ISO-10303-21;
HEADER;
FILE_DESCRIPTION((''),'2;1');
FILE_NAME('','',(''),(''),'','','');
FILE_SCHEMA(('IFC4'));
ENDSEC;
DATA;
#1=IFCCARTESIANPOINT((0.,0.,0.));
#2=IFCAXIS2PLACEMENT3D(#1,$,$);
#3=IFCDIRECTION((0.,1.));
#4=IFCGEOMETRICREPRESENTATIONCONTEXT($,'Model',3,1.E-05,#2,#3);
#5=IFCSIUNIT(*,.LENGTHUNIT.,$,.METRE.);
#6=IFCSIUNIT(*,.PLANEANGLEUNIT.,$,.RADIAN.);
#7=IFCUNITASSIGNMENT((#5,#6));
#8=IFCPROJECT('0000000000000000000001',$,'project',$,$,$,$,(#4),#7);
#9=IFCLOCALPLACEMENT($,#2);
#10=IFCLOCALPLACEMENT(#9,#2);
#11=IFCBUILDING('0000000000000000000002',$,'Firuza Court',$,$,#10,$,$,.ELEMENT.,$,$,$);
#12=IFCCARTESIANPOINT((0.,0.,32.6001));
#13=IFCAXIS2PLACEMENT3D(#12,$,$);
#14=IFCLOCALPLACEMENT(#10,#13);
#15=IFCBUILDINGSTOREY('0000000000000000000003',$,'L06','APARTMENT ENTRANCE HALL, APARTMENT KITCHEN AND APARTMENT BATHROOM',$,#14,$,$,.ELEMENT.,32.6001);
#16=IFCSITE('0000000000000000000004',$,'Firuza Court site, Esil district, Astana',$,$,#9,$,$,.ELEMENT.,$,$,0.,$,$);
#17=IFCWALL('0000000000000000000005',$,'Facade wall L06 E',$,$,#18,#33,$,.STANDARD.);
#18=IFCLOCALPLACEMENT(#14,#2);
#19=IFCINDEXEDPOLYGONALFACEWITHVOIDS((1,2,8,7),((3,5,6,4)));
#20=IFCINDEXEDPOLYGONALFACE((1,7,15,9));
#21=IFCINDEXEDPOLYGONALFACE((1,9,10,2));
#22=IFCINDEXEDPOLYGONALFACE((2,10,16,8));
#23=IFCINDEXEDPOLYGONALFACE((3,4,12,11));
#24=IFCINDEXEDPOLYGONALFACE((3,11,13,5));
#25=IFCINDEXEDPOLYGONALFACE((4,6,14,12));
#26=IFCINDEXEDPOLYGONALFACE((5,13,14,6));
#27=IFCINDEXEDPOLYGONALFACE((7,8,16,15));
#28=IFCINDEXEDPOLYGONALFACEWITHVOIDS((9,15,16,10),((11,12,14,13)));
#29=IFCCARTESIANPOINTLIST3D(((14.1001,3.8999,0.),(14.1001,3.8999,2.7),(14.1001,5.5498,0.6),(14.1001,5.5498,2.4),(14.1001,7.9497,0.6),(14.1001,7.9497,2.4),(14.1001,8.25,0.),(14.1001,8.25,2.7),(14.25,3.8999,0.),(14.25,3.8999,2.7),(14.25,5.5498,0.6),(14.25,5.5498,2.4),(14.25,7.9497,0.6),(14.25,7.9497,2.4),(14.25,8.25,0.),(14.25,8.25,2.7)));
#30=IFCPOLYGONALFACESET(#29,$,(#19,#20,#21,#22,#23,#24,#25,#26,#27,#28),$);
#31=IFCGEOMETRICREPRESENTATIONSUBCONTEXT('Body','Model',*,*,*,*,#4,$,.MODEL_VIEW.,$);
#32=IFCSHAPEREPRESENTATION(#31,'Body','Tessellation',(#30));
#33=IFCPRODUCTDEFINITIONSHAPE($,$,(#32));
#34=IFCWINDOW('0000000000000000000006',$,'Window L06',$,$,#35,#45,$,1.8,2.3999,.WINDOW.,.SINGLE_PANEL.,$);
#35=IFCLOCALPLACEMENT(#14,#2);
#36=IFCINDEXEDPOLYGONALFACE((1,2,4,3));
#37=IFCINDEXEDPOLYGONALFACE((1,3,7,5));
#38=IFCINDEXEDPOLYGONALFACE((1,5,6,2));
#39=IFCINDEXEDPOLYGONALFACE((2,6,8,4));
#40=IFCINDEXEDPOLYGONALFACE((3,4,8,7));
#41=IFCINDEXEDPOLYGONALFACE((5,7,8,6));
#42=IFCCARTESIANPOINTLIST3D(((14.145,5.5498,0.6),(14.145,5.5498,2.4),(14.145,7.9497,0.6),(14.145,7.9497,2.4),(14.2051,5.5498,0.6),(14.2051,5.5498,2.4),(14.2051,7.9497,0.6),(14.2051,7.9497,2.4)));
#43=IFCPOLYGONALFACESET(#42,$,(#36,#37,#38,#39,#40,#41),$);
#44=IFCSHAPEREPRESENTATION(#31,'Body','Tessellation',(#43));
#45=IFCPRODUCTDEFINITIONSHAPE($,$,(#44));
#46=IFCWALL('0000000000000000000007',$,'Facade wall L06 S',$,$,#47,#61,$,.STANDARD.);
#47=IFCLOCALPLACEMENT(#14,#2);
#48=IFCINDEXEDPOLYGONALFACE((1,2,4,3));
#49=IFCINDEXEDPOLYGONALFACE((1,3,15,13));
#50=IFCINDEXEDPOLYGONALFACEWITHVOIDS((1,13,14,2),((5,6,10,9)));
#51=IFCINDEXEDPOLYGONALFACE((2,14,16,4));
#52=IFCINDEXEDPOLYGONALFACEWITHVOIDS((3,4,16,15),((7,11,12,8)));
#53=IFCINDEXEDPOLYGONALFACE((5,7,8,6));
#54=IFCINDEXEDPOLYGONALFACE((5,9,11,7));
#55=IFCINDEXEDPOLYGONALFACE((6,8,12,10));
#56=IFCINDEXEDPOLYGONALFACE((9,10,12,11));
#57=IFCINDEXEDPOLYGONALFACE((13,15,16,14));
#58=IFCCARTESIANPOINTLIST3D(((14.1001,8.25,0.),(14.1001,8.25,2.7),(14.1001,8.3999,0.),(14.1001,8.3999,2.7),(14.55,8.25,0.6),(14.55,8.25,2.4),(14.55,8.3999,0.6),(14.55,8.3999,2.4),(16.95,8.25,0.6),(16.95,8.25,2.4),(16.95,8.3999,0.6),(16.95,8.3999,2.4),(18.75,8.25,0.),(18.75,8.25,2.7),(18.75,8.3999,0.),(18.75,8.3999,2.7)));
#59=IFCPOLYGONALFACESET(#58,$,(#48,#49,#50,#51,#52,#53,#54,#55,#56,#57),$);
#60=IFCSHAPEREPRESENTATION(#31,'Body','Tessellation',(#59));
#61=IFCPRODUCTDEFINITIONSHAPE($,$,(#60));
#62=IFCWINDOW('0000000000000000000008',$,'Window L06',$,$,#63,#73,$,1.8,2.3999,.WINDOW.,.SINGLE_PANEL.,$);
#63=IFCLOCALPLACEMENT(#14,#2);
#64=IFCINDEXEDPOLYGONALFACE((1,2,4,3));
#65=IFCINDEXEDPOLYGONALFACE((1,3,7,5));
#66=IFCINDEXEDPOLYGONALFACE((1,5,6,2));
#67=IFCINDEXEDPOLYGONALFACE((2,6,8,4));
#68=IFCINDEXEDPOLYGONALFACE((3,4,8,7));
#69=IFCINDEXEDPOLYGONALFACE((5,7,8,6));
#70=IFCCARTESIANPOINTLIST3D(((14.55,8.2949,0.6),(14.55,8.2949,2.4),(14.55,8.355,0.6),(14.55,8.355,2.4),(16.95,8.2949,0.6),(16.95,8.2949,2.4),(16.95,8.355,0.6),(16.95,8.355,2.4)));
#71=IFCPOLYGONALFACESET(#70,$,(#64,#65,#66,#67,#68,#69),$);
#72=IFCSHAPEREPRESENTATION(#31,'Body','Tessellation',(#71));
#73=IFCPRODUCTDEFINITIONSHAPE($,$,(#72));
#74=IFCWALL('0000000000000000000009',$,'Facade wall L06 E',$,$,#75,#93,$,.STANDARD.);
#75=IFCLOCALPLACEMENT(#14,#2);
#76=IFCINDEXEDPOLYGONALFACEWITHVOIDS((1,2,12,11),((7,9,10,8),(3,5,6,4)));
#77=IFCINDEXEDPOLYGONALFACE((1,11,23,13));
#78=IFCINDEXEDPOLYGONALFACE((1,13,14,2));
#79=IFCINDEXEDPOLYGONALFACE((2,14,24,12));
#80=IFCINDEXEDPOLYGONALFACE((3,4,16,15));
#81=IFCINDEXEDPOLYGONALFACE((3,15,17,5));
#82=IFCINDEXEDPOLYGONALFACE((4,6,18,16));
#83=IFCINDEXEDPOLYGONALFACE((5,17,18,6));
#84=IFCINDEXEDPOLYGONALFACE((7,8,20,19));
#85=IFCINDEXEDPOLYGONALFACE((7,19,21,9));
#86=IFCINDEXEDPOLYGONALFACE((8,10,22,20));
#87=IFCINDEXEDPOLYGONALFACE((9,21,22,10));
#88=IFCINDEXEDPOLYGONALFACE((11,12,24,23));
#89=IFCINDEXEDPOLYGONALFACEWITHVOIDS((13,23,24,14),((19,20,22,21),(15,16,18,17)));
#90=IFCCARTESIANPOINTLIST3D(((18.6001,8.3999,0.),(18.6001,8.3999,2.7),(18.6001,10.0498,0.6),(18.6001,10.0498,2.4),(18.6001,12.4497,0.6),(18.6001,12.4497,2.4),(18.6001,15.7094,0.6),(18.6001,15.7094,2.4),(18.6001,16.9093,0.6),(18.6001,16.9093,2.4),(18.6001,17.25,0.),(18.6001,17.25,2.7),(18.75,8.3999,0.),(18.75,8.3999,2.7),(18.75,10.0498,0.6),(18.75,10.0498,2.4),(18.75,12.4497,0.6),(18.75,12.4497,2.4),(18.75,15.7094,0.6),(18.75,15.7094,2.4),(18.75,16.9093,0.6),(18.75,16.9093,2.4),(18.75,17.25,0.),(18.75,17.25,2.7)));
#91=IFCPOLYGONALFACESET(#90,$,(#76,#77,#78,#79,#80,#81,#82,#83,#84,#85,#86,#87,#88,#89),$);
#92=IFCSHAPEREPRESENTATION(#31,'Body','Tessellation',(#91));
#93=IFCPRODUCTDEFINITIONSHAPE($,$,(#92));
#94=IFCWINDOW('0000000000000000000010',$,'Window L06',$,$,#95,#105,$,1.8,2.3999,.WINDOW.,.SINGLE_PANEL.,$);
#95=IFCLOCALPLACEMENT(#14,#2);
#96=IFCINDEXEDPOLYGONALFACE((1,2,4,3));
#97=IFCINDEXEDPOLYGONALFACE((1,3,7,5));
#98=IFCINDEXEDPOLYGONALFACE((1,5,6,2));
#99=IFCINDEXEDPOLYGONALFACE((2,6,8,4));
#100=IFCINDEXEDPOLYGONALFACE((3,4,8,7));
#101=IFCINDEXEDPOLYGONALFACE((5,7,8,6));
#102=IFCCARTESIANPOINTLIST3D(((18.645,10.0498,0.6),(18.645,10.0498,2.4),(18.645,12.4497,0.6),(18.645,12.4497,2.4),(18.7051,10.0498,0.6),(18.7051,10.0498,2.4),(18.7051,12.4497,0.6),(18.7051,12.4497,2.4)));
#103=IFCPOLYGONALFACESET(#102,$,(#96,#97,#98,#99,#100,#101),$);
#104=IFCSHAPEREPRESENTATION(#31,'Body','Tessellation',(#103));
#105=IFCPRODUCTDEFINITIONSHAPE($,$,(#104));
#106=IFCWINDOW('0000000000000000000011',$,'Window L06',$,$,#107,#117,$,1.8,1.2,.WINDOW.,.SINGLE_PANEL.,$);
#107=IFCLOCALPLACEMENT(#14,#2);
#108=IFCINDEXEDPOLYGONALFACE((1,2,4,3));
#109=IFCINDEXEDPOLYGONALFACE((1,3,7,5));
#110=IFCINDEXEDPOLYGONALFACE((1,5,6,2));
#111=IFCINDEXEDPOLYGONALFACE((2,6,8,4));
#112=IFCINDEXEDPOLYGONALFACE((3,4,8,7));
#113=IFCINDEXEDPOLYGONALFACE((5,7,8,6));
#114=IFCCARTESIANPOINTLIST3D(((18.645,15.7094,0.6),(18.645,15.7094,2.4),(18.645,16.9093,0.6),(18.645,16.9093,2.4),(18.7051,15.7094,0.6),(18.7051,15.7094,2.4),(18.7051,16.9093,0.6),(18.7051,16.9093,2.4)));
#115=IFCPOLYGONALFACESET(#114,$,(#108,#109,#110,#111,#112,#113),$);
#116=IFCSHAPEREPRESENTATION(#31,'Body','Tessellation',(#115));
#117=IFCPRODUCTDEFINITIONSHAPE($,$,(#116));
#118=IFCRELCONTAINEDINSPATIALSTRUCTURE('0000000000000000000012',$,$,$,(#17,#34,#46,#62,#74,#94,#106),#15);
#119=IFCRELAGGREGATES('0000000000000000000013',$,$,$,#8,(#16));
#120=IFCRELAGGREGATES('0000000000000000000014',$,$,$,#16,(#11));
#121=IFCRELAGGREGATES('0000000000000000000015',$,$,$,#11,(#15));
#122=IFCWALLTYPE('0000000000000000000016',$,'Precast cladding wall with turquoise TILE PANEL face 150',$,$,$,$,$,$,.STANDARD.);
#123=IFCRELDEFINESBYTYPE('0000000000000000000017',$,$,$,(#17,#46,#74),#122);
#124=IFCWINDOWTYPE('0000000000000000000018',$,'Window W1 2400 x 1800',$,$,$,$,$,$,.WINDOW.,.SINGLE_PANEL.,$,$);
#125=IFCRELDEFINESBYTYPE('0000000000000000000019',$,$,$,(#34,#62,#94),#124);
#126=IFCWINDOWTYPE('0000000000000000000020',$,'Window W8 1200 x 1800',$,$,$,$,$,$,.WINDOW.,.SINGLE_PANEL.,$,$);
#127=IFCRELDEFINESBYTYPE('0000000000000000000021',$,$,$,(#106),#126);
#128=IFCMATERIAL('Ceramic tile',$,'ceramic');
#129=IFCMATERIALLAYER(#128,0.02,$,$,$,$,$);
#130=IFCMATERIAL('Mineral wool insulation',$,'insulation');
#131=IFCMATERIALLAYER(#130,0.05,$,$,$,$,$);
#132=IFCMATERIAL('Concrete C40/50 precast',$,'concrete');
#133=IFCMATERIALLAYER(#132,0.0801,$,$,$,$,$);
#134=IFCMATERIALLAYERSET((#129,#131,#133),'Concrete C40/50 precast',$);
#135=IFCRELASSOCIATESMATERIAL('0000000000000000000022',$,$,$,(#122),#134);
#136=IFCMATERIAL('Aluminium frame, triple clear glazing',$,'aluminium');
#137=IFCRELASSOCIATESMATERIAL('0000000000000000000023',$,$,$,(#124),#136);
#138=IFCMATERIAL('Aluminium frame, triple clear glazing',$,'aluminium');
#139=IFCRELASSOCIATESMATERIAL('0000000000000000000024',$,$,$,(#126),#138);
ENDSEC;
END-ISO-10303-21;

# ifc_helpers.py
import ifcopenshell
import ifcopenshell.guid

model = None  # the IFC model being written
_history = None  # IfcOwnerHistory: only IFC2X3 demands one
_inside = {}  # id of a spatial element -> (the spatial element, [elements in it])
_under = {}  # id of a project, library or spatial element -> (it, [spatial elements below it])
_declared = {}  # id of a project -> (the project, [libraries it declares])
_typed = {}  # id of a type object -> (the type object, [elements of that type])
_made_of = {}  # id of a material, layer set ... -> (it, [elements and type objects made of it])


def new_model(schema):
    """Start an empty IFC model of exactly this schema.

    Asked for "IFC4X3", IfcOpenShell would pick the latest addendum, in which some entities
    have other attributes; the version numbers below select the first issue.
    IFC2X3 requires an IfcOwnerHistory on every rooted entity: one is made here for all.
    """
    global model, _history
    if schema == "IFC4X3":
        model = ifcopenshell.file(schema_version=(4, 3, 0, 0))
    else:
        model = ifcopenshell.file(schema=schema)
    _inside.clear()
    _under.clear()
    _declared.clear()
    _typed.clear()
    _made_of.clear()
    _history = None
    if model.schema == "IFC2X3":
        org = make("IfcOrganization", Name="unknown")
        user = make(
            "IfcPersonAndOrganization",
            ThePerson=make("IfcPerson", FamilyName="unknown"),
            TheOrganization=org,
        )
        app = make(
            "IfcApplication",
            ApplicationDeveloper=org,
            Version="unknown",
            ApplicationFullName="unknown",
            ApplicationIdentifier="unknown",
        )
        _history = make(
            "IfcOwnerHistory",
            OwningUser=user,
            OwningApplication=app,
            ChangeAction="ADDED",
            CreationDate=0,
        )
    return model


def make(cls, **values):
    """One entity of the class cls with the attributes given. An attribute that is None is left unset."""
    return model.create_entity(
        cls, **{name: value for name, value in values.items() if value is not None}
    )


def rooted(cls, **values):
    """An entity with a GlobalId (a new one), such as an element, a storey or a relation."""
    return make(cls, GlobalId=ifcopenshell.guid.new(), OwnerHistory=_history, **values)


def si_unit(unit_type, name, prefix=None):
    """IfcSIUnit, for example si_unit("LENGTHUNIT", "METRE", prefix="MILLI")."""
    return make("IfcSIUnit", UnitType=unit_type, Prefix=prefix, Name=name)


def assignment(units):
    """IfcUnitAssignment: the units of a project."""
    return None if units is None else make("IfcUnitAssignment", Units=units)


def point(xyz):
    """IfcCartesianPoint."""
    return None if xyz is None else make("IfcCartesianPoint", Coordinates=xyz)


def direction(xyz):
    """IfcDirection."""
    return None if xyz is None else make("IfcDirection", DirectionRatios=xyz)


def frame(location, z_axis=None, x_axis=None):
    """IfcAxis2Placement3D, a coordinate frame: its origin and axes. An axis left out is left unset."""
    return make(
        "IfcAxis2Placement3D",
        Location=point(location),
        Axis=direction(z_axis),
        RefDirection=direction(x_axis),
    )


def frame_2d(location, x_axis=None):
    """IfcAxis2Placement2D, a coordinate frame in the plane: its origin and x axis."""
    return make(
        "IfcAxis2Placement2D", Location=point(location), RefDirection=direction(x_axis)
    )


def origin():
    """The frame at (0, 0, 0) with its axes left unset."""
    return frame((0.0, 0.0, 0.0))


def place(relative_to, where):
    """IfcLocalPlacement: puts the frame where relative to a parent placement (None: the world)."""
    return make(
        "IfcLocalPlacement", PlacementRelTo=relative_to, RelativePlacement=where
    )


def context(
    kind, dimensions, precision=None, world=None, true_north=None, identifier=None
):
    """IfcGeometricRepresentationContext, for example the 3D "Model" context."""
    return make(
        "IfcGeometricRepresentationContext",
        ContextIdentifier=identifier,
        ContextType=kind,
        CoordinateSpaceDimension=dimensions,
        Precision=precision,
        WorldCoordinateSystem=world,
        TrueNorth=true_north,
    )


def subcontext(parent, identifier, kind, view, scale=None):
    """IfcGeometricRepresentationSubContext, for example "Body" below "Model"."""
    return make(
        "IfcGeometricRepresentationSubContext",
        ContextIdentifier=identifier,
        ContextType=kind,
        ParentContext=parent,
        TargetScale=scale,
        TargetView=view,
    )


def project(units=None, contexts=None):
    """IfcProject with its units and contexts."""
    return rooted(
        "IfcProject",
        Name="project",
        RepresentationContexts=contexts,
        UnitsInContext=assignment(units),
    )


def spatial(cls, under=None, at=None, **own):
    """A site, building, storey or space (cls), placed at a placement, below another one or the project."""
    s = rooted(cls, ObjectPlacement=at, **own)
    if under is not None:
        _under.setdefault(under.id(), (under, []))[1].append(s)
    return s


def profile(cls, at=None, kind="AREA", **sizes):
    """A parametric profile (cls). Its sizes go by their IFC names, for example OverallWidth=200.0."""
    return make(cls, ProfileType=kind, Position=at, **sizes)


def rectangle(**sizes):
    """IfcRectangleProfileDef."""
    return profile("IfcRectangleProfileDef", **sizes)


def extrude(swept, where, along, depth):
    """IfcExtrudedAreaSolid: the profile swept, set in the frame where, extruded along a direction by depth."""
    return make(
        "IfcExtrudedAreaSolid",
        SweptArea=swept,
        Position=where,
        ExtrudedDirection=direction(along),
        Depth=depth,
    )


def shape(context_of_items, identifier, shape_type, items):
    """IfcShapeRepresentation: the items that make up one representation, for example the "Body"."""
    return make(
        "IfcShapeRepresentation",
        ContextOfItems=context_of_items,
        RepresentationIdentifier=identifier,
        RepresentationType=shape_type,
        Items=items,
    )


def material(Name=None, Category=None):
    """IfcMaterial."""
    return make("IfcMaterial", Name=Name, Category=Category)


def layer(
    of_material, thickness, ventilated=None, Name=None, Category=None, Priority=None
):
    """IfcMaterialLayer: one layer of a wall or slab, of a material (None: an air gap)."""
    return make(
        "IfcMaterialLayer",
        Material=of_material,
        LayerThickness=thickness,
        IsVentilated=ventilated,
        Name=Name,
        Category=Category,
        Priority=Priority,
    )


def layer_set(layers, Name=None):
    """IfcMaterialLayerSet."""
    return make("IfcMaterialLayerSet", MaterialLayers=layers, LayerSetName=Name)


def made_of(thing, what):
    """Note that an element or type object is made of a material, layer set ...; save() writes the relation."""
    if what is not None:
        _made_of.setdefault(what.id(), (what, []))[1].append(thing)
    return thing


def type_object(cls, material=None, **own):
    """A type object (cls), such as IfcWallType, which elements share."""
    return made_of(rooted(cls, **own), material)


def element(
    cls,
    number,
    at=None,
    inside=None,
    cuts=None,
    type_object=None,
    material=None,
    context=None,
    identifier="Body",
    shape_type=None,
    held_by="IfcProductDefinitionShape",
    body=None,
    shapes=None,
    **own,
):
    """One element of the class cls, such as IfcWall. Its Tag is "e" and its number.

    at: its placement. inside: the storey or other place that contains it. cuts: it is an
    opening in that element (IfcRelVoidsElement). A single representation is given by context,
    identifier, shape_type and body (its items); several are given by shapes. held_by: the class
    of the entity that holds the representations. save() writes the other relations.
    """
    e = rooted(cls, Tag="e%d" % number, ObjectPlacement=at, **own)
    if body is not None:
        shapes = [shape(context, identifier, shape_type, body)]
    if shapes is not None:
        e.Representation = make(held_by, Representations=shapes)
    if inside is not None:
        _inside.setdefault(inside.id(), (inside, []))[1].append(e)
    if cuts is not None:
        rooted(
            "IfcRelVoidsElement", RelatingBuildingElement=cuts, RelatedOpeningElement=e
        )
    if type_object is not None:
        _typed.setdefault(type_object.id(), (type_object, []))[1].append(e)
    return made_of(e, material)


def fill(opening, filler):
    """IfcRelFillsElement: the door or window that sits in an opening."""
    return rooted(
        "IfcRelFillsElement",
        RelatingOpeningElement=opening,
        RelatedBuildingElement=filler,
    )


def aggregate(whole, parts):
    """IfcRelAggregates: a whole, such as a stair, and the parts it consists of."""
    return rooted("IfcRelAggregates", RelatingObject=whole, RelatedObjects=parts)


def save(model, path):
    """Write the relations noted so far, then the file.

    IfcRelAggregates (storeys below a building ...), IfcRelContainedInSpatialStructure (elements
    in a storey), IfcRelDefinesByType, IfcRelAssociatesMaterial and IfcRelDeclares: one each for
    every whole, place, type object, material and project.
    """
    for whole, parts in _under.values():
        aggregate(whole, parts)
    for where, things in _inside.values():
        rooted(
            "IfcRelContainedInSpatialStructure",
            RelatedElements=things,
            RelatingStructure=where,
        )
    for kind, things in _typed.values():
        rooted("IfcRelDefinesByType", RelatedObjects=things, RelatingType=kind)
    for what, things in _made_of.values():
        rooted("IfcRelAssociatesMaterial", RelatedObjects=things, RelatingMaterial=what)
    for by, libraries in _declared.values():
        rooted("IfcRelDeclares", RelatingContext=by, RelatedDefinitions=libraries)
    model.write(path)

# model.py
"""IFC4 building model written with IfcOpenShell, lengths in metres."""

from ifc_helpers import new_model, si_unit, direction, frame, frame_2d, origin, place, context, subcontext, project, spatial, rectangle, extrude, material, layer, layer_set, type_object, element, fill, save


model = new_model("IFC4")

# Units and contexts
model_context = context("Model", 3, precision=1e-05, world=origin(), true_north=direction((0.0, 1.0)))
body_context = subcontext(model_context, "Body", "Model", "MODEL_VIEW")
ifc_project = project(units=[si_unit("LENGTHUNIT", "METRE"), si_unit("PLANEANGLEUNIT", "RADIAN")], contexts=[model_context])

# Site, building, storey
site_placement = place(None, origin())
site = spatial("IfcSite", under=ifc_project, at=site_placement, Name="Firuza Court site, Esil district, Astana", CompositionType="ELEMENT", RefElevation=0.0)
building_placement = place(site_placement, origin())
building = spatial("IfcBuilding", under=site, at=building_placement, Name="Firuza Court", CompositionType="ELEMENT")
storey_placement = place(building_placement, frame((0.0, 0.0, 32.6001)))
storey = spatial("IfcBuildingStorey", under=building, at=storey_placement, Name="L06", Description="APARTMENT ENTRANCE HALL, APARTMENT KITCHEN AND APARTMENT BATHROOM", CompositionType="ELEMENT", Elevation=32.6001)

# Shared definitions
ifc_material_1 = material(Name="Ceramic tile", Category="ceramic")
ifc_layer_1 = layer(ifc_material_1, 0.02)
ifc_material_2 = material(Name="Mineral wool insulation", Category="insulation")
ifc_layer_2 = layer(ifc_material_2, 0.05)
ifc_material_3 = material(Name="Concrete C40/50 precast", Category="concrete")
ifc_layer_3 = layer(ifc_material_3, 0.0801)
ifc_layer_set_1 = layer_set([ifc_layer_1, ifc_layer_2, ifc_layer_3], Name="Concrete C40/50 precast")
wall_type_1 = type_object("IfcWallType", Name="Precast cladding wall with turquoise TILE PANEL face 150", PredefinedType="STANDARD", material=ifc_layer_set_1)

# Walls, openings, windows
wall_1_placement = place(storey_placement, frame((14.175, 3.8999, 0.0), z_axis=(0.0, 0.0, 1.0), x_axis=(0.0, 1.0, 0.0)))
wall_1 = element("IfcWall", 1, at=wall_1_placement, inside=storey, type_object=wall_type_1, Name="Facade wall L06 E", PredefinedType="STANDARD", context=body_context, shape_type="SweptSolid", body=[
    extrude(rectangle(XDim=4.3501, YDim=0.1499, at=frame_2d((2.175, 0.0))), origin(), (0.0, 0.0, 1.0), 2.7),
])
opening_1_placement = place(wall_1_placement, frame((1.6499, 0.0, 0.6001)))
opening_1 = element("IfcOpeningElement", 2, at=opening_1_placement, cuts=wall_1, PredefinedType="OPENING", context=body_context, shape_type="SweptSolid", body=[
    extrude(rectangle(XDim=2.3999, YDim=1.8, at=frame_2d((1.2, 0.8999))), frame((0.0, 0.0869, 0.0), z_axis=(0.0, -1.0, 0.0), x_axis=(1.0, 0.0, 0.0)), (0.0, 0.0, 1.0), 0.1738),
])
ifc_material_4 = material(Name="Aluminium frame, triple clear glazing", Category="aluminium")
window_type_1 = type_object("IfcWindowType", Name="Window W1 2400 x 1800", PartitioningType="SINGLE_PANEL", PredefinedType="WINDOW", material=ifc_material_4)
window_1_placement = place(opening_1_placement, origin())
window_1 = element("IfcWindow", 3, at=window_1_placement, inside=storey, type_object=window_type_1, Name="Window L06", OverallHeight=1.8, OverallWidth=2.3999, PartitioningType="SINGLE_PANEL", PredefinedType="WINDOW", context=body_context, shape_type="SweptSolid", body=[
    extrude(rectangle(XDim=2.3999, YDim=1.8, at=frame_2d((1.2, 0.8999))), frame((0.0, 0.03, 0.0), z_axis=(0.0, -1.0, 0.0), x_axis=(1.0, 0.0, 0.0)), (0.0, 0.0, 1.0), 0.0601),
])
fill(opening_1, window_1)
wall_2_placement = place(storey_placement, frame((14.1001, 8.325, 0.0), z_axis=(0.0, 0.0, 1.0), x_axis=(1.0, 0.0, 0.0)))
wall_2 = element("IfcWall", 4, at=wall_2_placement, inside=storey, type_object=wall_type_1, Name="Facade wall L06 S", PredefinedType="STANDARD", context=body_context, shape_type="SweptSolid", body=[
    extrude(rectangle(XDim=4.6499, YDim=0.1499, at=frame_2d((2.325, 0.0))), origin(), (0.0, 0.0, 1.0), 2.7),
])
opening_2_placement = place(wall_2_placement, frame((0.45, 0.0, 0.6001)))
opening_2 = element("IfcOpeningElement", 5, at=opening_2_placement, cuts=wall_2, PredefinedType="OPENING", context=body_context, shape_type="SweptSolid", body=[
    extrude(rectangle(XDim=2.3999, YDim=1.8, at=frame_2d((1.2, 0.8999))), frame((0.0, 0.0869, 0.0), z_axis=(0.0, -1.0, 0.0), x_axis=(1.0, 0.0, 0.0)), (0.0, 0.0, 1.0), 0.1738),
])
window_2_placement = place(opening_2_placement, origin())
window_2 = element("IfcWindow", 6, at=window_2_placement, inside=storey, type_object=window_type_1, Name="Window L06", OverallHeight=1.8, OverallWidth=2.3999, PartitioningType="SINGLE_PANEL", PredefinedType="WINDOW", context=body_context, shape_type="SweptSolid", body=[
    extrude(rectangle(XDim=2.3999, YDim=1.8, at=frame_2d((1.2, 0.8999))), frame((0.0, 0.03, 0.0), z_axis=(0.0, -1.0, 0.0), x_axis=(1.0, 0.0, 0.0)), (0.0, 0.0, 1.0), 0.0601),
])
fill(opening_2, window_2)

# Wall, openings, windows
wall_3_placement = place(storey_placement, frame((18.675, 8.3999, 0.0), z_axis=(0.0, 0.0, 1.0), x_axis=(0.0, 1.0, 0.0)))
wall_3 = element("IfcWall", 7, at=wall_3_placement, inside=storey, type_object=wall_type_1, Name="Facade wall L06 E", PredefinedType="STANDARD", context=body_context, shape_type="SweptSolid", body=[
    extrude(rectangle(XDim=8.8501, YDim=0.1499, at=frame_2d((4.425, 0.0))), origin(), (0.0, 0.0, 1.0), 2.7),
])
opening_3_placement = place(wall_3_placement, frame((1.6499, 0.0, 0.6001)))
opening_3 = element("IfcOpeningElement", 8, at=opening_3_placement, cuts=wall_3, PredefinedType="OPENING", context=body_context, shape_type="SweptSolid", body=[
    extrude(rectangle(XDim=2.3999, YDim=1.8, at=frame_2d((1.2, 0.8999))), frame((0.0, 0.0869, 0.0), z_axis=(0.0, -1.0, 0.0), x_axis=(1.0, 0.0, 0.0)), (0.0, 0.0, 1.0), 0.1738),
])
opening_4_placement = place(wall_3_placement, frame((7.3093, 0.0, 0.6001)))
opening_4 = element("IfcOpeningElement", 9, at=opening_4_placement, cuts=wall_3, PredefinedType="OPENING", context=body_context, shape_type="SweptSolid", body=[
    extrude(rectangle(XDim=1.2, YDim=1.8, at=frame_2d((0.6001, 0.8999))), frame((0.0, 0.0869, 0.0), z_axis=(0.0, -1.0, 0.0), x_axis=(1.0, 0.0, 0.0)), (0.0, 0.0, 1.0), 0.1738),
])
window_3_placement = place(opening_3_placement, origin())
window_3 = element("IfcWindow", 10, at=window_3_placement, inside=storey, type_object=window_type_1, Name="Window L06", OverallHeight=1.8, OverallWidth=2.3999, PartitioningType="SINGLE_PANEL", PredefinedType="WINDOW", context=body_context, shape_type="SweptSolid", body=[
    extrude(rectangle(XDim=2.3999, YDim=1.8, at=frame_2d((1.2, 0.8999))), frame((0.0, 0.03, 0.0), z_axis=(0.0, -1.0, 0.0), x_axis=(1.0, 0.0, 0.0)), (0.0, 0.0, 1.0), 0.0601),
])
fill(opening_3, window_3)
ifc_material_5 = material(Name="Aluminium frame, triple clear glazing", Category="aluminium")
window_type_2 = type_object("IfcWindowType", Name="Window W8 1200 x 1800", PartitioningType="SINGLE_PANEL", PredefinedType="WINDOW", material=ifc_material_5)
window_4_placement = place(opening_4_placement, origin())
window_4 = element("IfcWindow", 11, at=window_4_placement, inside=storey, type_object=window_type_2, Name="Window L06", OverallHeight=1.8, OverallWidth=1.2, PartitioningType="SINGLE_PANEL", PredefinedType="WINDOW", context=body_context, shape_type="SweptSolid", body=[
    extrude(rectangle(XDim=1.2, YDim=1.8, at=frame_2d((0.6001, 0.8999))), frame((0.0, 0.03, 0.0), z_axis=(0.0, -1.0, 0.0), x_axis=(1.0, 0.0, 0.0)), (0.0, 0.0, 1.0), 0.0601),
])
fill(opening_4, window_4)

save(model, "model.ifc")
